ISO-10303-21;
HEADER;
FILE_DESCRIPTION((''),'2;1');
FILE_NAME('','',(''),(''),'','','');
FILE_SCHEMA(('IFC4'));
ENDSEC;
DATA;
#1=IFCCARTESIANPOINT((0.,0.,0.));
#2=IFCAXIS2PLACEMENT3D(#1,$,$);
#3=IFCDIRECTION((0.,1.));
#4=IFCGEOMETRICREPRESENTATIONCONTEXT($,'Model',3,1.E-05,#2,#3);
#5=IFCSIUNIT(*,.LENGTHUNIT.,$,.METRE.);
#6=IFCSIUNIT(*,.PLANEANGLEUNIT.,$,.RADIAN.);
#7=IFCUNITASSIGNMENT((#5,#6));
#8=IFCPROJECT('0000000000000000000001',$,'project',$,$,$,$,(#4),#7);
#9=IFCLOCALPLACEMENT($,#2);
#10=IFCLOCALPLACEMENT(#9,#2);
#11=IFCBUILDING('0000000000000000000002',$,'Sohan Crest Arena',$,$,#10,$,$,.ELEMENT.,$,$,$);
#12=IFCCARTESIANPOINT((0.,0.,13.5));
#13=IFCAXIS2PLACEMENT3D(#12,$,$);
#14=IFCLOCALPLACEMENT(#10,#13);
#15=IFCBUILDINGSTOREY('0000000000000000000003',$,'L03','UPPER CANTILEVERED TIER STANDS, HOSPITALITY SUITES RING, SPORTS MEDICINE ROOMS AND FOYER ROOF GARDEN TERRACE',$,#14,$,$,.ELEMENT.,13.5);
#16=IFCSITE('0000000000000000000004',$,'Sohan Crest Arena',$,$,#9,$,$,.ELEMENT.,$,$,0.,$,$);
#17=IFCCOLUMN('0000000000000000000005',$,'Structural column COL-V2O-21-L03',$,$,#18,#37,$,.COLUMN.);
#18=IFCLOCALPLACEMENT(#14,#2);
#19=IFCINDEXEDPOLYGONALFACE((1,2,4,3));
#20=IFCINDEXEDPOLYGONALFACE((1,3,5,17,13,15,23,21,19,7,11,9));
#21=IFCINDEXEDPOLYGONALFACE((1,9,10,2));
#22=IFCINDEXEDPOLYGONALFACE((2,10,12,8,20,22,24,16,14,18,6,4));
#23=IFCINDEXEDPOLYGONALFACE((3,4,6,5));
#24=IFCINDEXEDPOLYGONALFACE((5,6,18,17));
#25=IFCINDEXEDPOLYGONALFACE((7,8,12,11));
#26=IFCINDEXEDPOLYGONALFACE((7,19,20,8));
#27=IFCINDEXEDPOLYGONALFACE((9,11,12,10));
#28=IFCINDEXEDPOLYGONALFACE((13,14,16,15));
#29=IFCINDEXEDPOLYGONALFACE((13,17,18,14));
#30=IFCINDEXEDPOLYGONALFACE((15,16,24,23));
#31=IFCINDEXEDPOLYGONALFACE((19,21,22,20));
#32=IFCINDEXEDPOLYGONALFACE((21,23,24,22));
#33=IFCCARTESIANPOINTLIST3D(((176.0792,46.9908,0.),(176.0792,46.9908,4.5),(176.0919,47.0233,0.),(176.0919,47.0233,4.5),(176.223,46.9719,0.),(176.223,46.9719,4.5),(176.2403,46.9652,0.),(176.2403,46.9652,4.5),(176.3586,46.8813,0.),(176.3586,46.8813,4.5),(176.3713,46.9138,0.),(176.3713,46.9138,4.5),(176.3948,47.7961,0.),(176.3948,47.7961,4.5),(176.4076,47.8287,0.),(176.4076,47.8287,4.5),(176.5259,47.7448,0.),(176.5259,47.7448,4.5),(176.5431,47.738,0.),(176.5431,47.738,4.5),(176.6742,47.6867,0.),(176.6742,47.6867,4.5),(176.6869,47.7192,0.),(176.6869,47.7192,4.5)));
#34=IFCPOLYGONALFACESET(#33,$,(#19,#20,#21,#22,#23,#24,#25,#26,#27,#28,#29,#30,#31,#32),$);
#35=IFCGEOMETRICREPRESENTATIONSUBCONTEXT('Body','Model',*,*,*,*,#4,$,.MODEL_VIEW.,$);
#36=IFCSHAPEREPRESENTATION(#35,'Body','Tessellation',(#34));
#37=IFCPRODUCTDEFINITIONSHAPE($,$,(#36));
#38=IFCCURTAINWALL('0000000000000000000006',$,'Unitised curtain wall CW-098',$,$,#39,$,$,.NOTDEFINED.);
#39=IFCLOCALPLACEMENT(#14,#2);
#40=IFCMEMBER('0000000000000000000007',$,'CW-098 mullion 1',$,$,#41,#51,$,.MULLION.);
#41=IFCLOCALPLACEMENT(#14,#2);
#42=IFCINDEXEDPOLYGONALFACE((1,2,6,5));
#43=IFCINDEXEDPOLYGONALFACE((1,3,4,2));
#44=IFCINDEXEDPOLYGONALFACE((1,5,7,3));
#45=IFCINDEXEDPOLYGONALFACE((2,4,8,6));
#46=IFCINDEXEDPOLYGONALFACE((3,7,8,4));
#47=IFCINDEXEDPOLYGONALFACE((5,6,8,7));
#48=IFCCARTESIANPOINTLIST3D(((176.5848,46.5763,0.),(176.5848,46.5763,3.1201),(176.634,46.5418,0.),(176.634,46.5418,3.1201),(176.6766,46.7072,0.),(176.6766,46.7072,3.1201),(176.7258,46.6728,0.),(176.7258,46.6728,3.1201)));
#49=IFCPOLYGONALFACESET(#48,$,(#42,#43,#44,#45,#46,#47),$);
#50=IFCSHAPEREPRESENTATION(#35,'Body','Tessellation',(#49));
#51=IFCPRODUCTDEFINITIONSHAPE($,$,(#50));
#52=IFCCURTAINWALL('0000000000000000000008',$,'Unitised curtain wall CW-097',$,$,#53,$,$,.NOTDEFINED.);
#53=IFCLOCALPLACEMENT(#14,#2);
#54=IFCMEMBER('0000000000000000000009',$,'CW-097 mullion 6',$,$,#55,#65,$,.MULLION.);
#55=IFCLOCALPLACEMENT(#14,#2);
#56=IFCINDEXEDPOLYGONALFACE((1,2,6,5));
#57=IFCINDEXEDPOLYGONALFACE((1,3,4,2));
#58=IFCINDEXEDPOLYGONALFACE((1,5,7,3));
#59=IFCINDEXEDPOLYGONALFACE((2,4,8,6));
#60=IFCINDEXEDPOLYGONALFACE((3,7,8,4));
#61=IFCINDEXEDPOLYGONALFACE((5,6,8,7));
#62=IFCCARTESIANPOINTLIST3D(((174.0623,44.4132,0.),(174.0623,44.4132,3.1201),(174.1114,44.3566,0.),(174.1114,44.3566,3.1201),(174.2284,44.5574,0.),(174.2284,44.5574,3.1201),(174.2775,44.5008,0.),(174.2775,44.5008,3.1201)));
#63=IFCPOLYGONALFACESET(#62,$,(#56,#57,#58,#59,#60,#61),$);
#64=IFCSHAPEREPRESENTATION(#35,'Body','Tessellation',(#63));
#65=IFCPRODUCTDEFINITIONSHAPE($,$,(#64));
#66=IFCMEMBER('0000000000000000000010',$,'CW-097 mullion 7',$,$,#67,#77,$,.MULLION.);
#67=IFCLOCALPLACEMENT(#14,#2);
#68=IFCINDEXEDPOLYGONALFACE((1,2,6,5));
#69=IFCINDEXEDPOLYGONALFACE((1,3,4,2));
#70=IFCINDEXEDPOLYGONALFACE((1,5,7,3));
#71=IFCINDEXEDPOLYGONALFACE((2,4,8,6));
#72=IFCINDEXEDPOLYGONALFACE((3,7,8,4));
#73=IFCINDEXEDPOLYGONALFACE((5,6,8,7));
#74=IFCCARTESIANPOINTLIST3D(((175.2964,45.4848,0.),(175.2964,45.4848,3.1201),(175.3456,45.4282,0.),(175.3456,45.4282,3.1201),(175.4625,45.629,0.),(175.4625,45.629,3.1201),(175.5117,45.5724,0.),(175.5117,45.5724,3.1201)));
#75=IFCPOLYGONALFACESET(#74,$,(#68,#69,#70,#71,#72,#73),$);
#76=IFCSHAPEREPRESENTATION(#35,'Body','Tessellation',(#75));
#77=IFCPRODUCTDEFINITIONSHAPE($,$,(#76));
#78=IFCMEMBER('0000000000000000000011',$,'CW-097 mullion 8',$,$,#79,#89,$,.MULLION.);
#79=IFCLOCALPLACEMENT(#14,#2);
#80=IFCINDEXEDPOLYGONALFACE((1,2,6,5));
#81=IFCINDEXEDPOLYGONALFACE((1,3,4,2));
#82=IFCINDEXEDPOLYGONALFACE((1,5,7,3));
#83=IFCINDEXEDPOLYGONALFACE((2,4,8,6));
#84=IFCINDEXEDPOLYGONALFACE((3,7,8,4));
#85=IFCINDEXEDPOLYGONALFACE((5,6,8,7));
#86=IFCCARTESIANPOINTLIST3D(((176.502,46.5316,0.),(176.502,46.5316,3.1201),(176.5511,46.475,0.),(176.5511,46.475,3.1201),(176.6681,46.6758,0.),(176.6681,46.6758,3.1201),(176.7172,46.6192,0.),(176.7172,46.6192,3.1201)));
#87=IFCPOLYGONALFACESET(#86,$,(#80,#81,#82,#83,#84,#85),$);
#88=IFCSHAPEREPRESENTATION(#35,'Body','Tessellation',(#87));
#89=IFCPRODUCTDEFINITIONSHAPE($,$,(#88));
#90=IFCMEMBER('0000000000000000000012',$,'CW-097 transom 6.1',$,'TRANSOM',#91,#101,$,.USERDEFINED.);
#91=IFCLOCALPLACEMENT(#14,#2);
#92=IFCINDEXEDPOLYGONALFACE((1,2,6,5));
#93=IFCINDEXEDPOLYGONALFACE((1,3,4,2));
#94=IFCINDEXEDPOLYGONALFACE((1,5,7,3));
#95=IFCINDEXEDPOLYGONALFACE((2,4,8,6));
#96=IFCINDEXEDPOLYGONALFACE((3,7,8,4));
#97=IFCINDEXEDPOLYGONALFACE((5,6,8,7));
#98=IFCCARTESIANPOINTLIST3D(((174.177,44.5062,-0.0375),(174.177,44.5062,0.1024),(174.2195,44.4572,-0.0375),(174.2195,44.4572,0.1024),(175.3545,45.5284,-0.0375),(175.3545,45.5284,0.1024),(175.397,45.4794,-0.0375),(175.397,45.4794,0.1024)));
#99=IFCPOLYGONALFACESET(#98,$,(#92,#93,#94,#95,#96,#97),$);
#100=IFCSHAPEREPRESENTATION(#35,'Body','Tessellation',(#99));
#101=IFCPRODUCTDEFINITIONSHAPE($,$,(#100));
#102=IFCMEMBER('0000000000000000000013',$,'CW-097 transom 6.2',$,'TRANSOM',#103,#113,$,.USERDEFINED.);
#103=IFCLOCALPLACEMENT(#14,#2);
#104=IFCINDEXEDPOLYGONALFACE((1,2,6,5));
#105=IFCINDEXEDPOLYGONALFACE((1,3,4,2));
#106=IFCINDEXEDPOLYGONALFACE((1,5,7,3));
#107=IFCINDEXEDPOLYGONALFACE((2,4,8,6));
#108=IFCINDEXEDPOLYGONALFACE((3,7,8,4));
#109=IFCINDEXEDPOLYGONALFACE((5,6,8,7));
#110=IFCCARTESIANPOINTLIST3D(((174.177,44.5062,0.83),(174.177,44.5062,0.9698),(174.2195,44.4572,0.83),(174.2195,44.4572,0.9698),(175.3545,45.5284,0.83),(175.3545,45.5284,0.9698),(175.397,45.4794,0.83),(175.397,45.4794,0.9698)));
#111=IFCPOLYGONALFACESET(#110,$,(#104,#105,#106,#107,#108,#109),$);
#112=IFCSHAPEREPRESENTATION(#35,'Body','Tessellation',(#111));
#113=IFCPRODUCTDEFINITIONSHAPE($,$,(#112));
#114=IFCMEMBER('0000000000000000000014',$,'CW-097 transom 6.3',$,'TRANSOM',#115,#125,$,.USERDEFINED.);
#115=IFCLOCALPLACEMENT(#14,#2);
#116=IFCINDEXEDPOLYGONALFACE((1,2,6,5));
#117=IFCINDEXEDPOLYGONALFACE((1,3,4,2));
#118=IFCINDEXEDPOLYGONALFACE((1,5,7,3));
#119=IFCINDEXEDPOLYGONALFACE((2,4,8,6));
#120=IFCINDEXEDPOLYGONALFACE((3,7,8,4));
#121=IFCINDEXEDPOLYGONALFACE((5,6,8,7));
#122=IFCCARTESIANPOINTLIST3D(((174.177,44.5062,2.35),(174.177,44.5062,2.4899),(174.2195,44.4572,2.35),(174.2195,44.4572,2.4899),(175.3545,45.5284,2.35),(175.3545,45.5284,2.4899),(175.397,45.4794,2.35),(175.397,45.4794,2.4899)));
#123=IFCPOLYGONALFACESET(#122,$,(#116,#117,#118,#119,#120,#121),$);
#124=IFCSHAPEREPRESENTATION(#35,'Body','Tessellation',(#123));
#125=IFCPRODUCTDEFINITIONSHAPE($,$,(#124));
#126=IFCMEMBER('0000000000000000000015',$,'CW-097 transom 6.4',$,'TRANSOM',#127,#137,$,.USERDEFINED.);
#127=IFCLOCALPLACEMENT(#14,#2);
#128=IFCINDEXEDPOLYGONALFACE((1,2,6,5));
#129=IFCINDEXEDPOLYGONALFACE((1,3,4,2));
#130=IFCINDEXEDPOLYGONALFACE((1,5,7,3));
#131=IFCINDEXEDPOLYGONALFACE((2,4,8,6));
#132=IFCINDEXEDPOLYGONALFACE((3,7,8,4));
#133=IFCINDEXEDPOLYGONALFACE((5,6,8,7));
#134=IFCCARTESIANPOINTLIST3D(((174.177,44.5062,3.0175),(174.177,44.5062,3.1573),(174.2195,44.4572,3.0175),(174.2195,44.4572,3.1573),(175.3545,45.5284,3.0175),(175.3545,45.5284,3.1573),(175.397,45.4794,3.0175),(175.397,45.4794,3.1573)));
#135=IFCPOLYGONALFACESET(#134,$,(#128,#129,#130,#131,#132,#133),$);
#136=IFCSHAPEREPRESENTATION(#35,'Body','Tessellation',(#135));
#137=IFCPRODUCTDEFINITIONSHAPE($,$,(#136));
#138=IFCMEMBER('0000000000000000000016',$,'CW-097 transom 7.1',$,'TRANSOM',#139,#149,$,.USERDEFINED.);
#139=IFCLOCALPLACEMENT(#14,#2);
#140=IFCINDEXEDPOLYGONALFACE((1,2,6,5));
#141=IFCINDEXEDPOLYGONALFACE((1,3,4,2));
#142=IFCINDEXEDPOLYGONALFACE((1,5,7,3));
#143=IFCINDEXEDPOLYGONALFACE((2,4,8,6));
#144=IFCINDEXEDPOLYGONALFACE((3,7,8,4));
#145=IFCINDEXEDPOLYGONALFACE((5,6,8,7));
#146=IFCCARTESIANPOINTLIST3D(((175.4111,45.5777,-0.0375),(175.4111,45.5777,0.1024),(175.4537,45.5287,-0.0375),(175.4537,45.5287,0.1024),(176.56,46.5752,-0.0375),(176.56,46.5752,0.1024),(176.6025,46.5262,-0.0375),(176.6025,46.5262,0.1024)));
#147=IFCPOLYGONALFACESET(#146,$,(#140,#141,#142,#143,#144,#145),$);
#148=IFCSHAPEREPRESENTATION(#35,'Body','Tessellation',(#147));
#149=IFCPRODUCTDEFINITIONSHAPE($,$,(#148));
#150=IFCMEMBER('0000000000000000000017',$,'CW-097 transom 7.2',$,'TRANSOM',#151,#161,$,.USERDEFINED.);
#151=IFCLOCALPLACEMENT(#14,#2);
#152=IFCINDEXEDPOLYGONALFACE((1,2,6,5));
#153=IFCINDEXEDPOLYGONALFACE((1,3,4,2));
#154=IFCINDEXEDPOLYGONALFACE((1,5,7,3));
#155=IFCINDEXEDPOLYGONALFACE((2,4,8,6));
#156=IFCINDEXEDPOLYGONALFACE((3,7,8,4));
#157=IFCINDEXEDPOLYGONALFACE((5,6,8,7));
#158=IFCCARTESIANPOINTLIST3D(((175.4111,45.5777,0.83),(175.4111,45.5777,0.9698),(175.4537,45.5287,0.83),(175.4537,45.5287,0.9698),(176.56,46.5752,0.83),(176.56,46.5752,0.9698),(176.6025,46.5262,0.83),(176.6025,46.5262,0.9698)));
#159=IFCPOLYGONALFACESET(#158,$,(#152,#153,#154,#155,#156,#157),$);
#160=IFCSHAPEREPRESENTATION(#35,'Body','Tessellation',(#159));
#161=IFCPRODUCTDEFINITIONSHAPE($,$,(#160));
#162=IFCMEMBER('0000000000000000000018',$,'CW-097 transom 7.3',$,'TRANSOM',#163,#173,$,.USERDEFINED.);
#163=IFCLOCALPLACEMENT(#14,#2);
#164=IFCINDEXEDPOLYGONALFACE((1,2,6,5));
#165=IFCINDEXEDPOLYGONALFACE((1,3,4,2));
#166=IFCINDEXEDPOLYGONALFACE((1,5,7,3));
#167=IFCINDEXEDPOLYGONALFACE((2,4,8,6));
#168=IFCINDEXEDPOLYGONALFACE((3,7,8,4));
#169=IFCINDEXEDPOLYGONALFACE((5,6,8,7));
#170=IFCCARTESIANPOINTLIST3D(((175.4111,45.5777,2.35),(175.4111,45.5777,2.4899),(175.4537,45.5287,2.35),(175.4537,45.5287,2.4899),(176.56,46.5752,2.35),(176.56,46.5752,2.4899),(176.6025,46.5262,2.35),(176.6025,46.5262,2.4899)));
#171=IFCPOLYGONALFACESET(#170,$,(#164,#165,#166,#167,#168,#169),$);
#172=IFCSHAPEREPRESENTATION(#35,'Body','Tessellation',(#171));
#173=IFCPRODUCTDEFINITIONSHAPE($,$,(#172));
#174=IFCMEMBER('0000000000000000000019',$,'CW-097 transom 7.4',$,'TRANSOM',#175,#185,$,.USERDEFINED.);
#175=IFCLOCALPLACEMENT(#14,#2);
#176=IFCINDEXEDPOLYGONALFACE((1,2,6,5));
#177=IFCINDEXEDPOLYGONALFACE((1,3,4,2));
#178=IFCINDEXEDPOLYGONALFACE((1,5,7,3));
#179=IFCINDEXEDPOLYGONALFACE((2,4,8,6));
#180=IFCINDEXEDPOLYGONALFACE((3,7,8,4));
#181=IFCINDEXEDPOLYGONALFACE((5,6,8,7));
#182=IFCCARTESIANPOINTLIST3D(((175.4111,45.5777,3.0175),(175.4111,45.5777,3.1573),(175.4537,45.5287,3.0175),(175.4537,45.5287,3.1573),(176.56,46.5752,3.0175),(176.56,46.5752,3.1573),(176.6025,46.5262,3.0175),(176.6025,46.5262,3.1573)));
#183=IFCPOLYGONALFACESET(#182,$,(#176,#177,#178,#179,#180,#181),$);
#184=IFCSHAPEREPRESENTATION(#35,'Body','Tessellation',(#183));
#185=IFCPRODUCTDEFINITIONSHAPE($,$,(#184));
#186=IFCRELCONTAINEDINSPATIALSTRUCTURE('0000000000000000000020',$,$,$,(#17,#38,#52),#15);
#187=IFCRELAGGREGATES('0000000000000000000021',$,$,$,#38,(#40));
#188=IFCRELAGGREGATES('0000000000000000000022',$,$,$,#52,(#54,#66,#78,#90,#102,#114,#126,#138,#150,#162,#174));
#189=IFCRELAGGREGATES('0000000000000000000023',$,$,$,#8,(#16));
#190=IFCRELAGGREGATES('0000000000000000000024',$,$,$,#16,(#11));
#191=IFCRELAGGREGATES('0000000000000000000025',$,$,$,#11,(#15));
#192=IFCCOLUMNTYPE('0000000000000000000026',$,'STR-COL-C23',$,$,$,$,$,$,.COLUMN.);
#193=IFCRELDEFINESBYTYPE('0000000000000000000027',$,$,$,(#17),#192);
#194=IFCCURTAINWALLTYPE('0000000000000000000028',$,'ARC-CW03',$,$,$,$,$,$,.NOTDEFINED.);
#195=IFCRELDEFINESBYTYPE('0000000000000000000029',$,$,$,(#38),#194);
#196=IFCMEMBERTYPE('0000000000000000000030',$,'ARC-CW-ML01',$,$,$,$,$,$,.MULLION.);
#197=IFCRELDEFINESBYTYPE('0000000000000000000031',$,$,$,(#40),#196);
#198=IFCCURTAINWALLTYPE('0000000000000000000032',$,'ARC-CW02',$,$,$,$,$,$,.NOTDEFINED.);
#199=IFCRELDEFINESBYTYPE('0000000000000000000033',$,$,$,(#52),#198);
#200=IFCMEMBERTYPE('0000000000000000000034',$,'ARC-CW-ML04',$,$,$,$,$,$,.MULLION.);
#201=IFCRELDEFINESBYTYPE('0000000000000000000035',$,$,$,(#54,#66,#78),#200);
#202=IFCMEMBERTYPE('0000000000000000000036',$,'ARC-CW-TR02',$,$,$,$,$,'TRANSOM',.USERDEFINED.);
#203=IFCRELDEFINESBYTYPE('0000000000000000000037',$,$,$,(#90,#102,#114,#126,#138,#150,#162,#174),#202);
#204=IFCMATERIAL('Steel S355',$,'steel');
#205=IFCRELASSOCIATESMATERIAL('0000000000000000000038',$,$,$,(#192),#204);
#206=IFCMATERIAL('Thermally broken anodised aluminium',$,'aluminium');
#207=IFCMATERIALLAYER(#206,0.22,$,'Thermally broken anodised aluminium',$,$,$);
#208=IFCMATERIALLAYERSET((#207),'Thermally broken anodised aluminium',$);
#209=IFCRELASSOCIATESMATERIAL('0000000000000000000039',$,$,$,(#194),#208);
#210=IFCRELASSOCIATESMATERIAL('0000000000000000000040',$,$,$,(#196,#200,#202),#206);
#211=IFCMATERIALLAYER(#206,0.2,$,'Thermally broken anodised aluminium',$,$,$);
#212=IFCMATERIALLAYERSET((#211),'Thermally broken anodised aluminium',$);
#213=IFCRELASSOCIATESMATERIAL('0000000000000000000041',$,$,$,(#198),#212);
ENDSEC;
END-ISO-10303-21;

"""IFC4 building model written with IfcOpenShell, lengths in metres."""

from ifc_helpers import new_model, si_unit, direction, frame, origin, origin_2d, place, context, subcontext, project, spatial, rectangle, i_section, extrude, material, layer, layer_set, material_profile, profile_set, type_object, element, aggregate, save


model = new_model("IFC4")

# Units and contexts
model_context = context("Model", 3, precision=1e-05, world=origin(), true_north=direction((0.0, 1.0)))
body_context = subcontext(model_context, "Body", "Model", "MODEL_VIEW")
ifc_project = project(units=[si_unit("LENGTHUNIT", "METRE"), si_unit("PLANEANGLEUNIT", "RADIAN")], contexts=[model_context])

# Site, building, storey
site_placement = place(None, origin())
site = spatial("IfcSite", under=ifc_project, at=site_placement, Name="Sohan Crest Arena", CompositionType="ELEMENT", RefElevation=0.0)
building_placement = place(site_placement, origin())
building = spatial("IfcBuilding", under=site, at=building_placement, Name="Sohan Crest Arena", CompositionType="ELEMENT")
storey_placement = place(building_placement, frame((0.0, 0.0, 13.5)))
storey = spatial("IfcBuildingStorey", under=building, at=storey_placement, Name="L03", Description="UPPER CANTILEVERED TIER STANDS, HOSPITALITY SUITES RING, SPORTS MEDICINE ROOMS AND FOYER ROOF GARDEN TERRACE", CompositionType="ELEMENT", Elevation=13.5)

# Column
ifc_material_1 = material(Name="Steel S355", Category="steel")
ifc_material_profile_1 = material_profile(ifc_material_1, i_section(OverallWidth=0.3, OverallDepth=0.8999, WebThickness=0.0186, FlangeThickness=0.0349, at=origin_2d()), Name="HEB 900")
ifc_profile_set_1 = profile_set([ifc_material_profile_1], Name="Steel S355")
column_type = type_object("IfcColumnType", Name="STR-COL-C23", PredefinedType="COLUMN", material=ifc_profile_set_1)
column_placement = place(storey_placement, frame((176.3831, 47.355, 0.0), z_axis=(0.0, 0.0, 1.0), x_axis=(-0.931056, 0.364877, 0.0)))
element("IfcColumn", 1, at=column_placement, inside=storey, type_object=column_type, Name="Structural column COL-V2O-21-L03", PredefinedType="COLUMN", context=body_context, shape_type="SweptSolid", body=[
    extrude(i_section(OverallWidth=0.3, OverallDepth=0.8999, WebThickness=0.0186, FlangeThickness=0.0349, at=origin_2d()), origin(), (0.0, 0.0, 1.0), 4.5),
])

# Curtain wall, member
ifc_material_2 = material(Name="Thermally broken anodised aluminium", Category="aluminium")
ifc_layer_1 = layer(ifc_material_2, 0.22, Name="Thermally broken anodised aluminium")
ifc_layer_set_1 = layer_set([ifc_layer_1], Name="Thermally broken anodised aluminium")
curtain_wall_type_1 = type_object("IfcCurtainWallType", Name="ARC-CW03", PredefinedType="NOTDEFINED", material=ifc_layer_set_1)
curtain_wall_1_placement = place(storey_placement, origin())
curtain_wall_1 = element("IfcCurtainWall", 2, at=curtain_wall_1_placement, inside=storey, type_object=curtain_wall_type_1, Name="Unitised curtain wall CW-098", PredefinedType="NOTDEFINED")
ifc_material_profile_2 = material_profile(ifc_material_2, rectangle(XDim=0.0601, YDim=0.1599, at=origin_2d()), Name="ALU-MULL 60x160")
ifc_profile_set_2 = profile_set([ifc_material_profile_2], Name="Thermally broken anodised aluminium")
member_type_1 = type_object("IfcMemberType", Name="ARC-CW-ML01", PredefinedType="MULLION", material=ifc_profile_set_2)
member_1_placement = place(storey_placement, frame((176.6553, 46.6245, 0.0), z_axis=(0.0, 0.0, 1.0), x_axis=(-0.818899, 0.573938, 0.0)))
member_1 = element("IfcMember", 3, at=member_1_placement, type_object=member_type_1, Name="CW-098 mullion 1", PredefinedType="MULLION", context=body_context, shape_type="SweptSolid", body=[
    extrude(rectangle(XDim=0.0601, YDim=0.1599, at=origin_2d()), origin(), (0.0, 0.0, 1.0), 3.1201),
])

# Curtain wall, members
ifc_layer_2 = layer(ifc_material_2, 0.2, Name="Thermally broken anodised aluminium")
ifc_layer_set_2 = layer_set([ifc_layer_2], Name="Thermally broken anodised aluminium")
curtain_wall_type_2 = type_object("IfcCurtainWallType", Name="ARC-CW02", PredefinedType="NOTDEFINED", material=ifc_layer_set_2)
curtain_wall_2_placement = place(storey_placement, origin())
curtain_wall_2 = element("IfcCurtainWall", 4, at=curtain_wall_2_placement, inside=storey, type_object=curtain_wall_type_2, Name="Unitised curtain wall CW-097", PredefinedType="NOTDEFINED")
ifc_material_profile_3 = material_profile(ifc_material_2, rectangle(XDim=0.075, YDim=0.22, at=origin_2d()), Name="ALU-MULL 75x220")
ifc_profile_set_3 = profile_set([ifc_material_profile_3], Name="Thermally broken anodised aluminium")
member_type_2 = type_object("IfcMemberType", Name="ARC-CW-ML04", PredefinedType="MULLION", material=ifc_profile_set_3)
member_2_placement = place(storey_placement, frame((174.1699, 44.457, 0.0), z_axis=(0.0, 0.0, 1.0), x_axis=(-0.655616, 0.755095, 0.0)))
member_2 = element("IfcMember", 5, at=member_2_placement, type_object=member_type_2, Name="CW-097 mullion 6", PredefinedType="MULLION", context=body_context, shape_type="SweptSolid", body=[
    extrude(rectangle(XDim=0.075, YDim=0.22, at=origin_2d()), origin(), (0.0, 0.0, 1.0), 3.1201),
])
member_3_placement = place(storey_placement, frame((175.4041, 45.5286, 0.0), z_axis=(0.0, 0.0, 1.0), x_axis=(-0.655616, 0.755095, 0.0)))
member_3 = element("IfcMember", 6, at=member_3_placement, type_object=member_type_2, Name="CW-097 mullion 7", PredefinedType="MULLION", context=body_context, shape_type="SweptSolid", body=[
    extrude(rectangle(XDim=0.075, YDim=0.22, at=origin_2d()), origin(), (0.0, 0.0, 1.0), 3.1201),
])
member_4_placement = place(storey_placement, frame((176.6096, 46.5754, 0.0), z_axis=(0.0, 0.0, 1.0), x_axis=(-0.655616, 0.755095, 0.0)))
member_4 = element("IfcMember", 7, at=member_4_placement, type_object=member_type_2, Name="CW-097 mullion 8", PredefinedType="MULLION", context=body_context, shape_type="SweptSolid", body=[
    extrude(rectangle(XDim=0.075, YDim=0.22, at=origin_2d()), origin(), (0.0, 0.0, 1.0), 3.1201),
])
ifc_material_profile_4 = material_profile(ifc_material_2, rectangle(XDim=0.0649, YDim=0.1399, at=origin_2d()), Name="ALU-TRAN 65x140")
ifc_profile_set_4 = profile_set([ifc_material_profile_4], Name="Thermally broken anodised aluminium")
member_type_3 = type_object("IfcMemberType", Name="ARC-CW-TR02", ElementType="TRANSOM", PredefinedType="USERDEFINED", material=ifc_profile_set_4)
member_5_placement = place(storey_placement, frame((174.1982, 44.4817, 0.0325), z_axis=(0.755141, 0.655562, 0.0), x_axis=(-0.655562, 0.755141, 0.0)))
member_5 = element("IfcMember", 8, at=member_5_placement, type_object=member_type_3, Name="CW-097 transom 6.1", ObjectType="TRANSOM", PredefinedType="USERDEFINED", context=body_context, shape_type="SweptSolid", body=[
    extrude(rectangle(XDim=0.0649, YDim=0.1399, at=origin_2d()), origin(), (0.0, 0.0, 1.0), 1.5593),
])
member_6_placement = place(storey_placement, frame((174.1982, 44.4817, 0.8999), z_axis=(0.755141, 0.655562, 0.0), x_axis=(-0.655562, 0.755141, 0.0)))
member_6 = element("IfcMember", 9, at=member_6_placement, type_object=member_type_3, Name="CW-097 transom 6.2", ObjectType="TRANSOM", PredefinedType="USERDEFINED", context=body_context, shape_type="SweptSolid", body=[
    extrude(rectangle(XDim=0.0649, YDim=0.1399, at=origin_2d()), origin(), (0.0, 0.0, 1.0), 1.5593),
])
member_7_placement = place(storey_placement, frame((174.1982, 44.4817, 2.4199), z_axis=(0.755141, 0.655562, 0.0), x_axis=(-0.655562, 0.755141, 0.0)))
member_7 = element("IfcMember", 10, at=member_7_placement, type_object=member_type_3, Name="CW-097 transom 6.3", ObjectType="TRANSOM", PredefinedType="USERDEFINED", context=body_context, shape_type="SweptSolid", body=[
    extrude(rectangle(XDim=0.0649, YDim=0.1399, at=origin_2d()), origin(), (0.0, 0.0, 1.0), 1.5593),
])
member_8_placement = place(storey_placement, frame((174.1982, 44.4817, 3.0874), z_axis=(0.755141, 0.655562, 0.0), x_axis=(-0.655562, 0.755141, 0.0)))
member_8 = element("IfcMember", 11, at=member_8_placement, type_object=member_type_3, Name="CW-097 transom 6.4", ObjectType="TRANSOM", PredefinedType="USERDEFINED", context=body_context, shape_type="SweptSolid", body=[
    extrude(rectangle(XDim=0.0649, YDim=0.1399, at=origin_2d()), origin(), (0.0, 0.0, 1.0), 1.5593),
])
member_9_placement = place(storey_placement, frame((175.4324, 45.5532, 0.0325), z_axis=(0.755096, 0.655614, 0.0), x_axis=(-0.655614, 0.755096, 0.0)))
member_9 = element("IfcMember", 12, at=member_9_placement, type_object=member_type_3, Name="CW-097 transom 7.1", ObjectType="TRANSOM", PredefinedType="USERDEFINED", context=body_context, shape_type="SweptSolid", body=[
    extrude(rectangle(XDim=0.0649, YDim=0.1399, at=origin_2d()), origin(), (0.0, 0.0, 1.0), 1.5215),
])
member_10_placement = place(storey_placement, frame((175.4324, 45.5532, 0.8999), z_axis=(0.755096, 0.655614, 0.0), x_axis=(-0.655614, 0.755096, 0.0)))
member_10 = element("IfcMember", 13, at=member_10_placement, type_object=member_type_3, Name="CW-097 transom 7.2", ObjectType="TRANSOM", PredefinedType="USERDEFINED", context=body_context, shape_type="SweptSolid", body=[
    extrude(rectangle(XDim=0.0649, YDim=0.1399, at=origin_2d()), origin(), (0.0, 0.0, 1.0), 1.5215),
])
member_11_placement = place(storey_placement, frame((175.4324, 45.5532, 2.4199), z_axis=(0.755096, 0.655614, 0.0), x_axis=(-0.655614, 0.755096, 0.0)))
member_11 = element("IfcMember", 14, at=member_11_placement, type_object=member_type_3, Name="CW-097 transom 7.3", ObjectType="TRANSOM", PredefinedType="USERDEFINED", context=body_context, shape_type="SweptSolid", body=[
    extrude(rectangle(XDim=0.0649, YDim=0.1399, at=origin_2d()), origin(), (0.0, 0.0, 1.0), 1.5215),
])
member_12_placement = place(storey_placement, frame((175.4324, 45.5532, 3.0874), z_axis=(0.755096, 0.655614, 0.0), x_axis=(-0.655614, 0.755096, 0.0)))
member_12 = element("IfcMember", 15, at=member_12_placement, type_object=member_type_3, Name="CW-097 transom 7.4", ObjectType="TRANSOM", PredefinedType="USERDEFINED", context=body_context, shape_type="SweptSolid", body=[
    extrude(rectangle(XDim=0.0649, YDim=0.1399, at=origin_2d()), origin(), (0.0, 0.0, 1.0), 1.5215),
])

aggregate(curtain_wall_1, [member_1])
aggregate(curtain_wall_2, [member_2, member_3, member_4, member_5, member_6, member_7, member_8, member_9, member_10, member_11, member_12])

save(model, "model.ifc")
